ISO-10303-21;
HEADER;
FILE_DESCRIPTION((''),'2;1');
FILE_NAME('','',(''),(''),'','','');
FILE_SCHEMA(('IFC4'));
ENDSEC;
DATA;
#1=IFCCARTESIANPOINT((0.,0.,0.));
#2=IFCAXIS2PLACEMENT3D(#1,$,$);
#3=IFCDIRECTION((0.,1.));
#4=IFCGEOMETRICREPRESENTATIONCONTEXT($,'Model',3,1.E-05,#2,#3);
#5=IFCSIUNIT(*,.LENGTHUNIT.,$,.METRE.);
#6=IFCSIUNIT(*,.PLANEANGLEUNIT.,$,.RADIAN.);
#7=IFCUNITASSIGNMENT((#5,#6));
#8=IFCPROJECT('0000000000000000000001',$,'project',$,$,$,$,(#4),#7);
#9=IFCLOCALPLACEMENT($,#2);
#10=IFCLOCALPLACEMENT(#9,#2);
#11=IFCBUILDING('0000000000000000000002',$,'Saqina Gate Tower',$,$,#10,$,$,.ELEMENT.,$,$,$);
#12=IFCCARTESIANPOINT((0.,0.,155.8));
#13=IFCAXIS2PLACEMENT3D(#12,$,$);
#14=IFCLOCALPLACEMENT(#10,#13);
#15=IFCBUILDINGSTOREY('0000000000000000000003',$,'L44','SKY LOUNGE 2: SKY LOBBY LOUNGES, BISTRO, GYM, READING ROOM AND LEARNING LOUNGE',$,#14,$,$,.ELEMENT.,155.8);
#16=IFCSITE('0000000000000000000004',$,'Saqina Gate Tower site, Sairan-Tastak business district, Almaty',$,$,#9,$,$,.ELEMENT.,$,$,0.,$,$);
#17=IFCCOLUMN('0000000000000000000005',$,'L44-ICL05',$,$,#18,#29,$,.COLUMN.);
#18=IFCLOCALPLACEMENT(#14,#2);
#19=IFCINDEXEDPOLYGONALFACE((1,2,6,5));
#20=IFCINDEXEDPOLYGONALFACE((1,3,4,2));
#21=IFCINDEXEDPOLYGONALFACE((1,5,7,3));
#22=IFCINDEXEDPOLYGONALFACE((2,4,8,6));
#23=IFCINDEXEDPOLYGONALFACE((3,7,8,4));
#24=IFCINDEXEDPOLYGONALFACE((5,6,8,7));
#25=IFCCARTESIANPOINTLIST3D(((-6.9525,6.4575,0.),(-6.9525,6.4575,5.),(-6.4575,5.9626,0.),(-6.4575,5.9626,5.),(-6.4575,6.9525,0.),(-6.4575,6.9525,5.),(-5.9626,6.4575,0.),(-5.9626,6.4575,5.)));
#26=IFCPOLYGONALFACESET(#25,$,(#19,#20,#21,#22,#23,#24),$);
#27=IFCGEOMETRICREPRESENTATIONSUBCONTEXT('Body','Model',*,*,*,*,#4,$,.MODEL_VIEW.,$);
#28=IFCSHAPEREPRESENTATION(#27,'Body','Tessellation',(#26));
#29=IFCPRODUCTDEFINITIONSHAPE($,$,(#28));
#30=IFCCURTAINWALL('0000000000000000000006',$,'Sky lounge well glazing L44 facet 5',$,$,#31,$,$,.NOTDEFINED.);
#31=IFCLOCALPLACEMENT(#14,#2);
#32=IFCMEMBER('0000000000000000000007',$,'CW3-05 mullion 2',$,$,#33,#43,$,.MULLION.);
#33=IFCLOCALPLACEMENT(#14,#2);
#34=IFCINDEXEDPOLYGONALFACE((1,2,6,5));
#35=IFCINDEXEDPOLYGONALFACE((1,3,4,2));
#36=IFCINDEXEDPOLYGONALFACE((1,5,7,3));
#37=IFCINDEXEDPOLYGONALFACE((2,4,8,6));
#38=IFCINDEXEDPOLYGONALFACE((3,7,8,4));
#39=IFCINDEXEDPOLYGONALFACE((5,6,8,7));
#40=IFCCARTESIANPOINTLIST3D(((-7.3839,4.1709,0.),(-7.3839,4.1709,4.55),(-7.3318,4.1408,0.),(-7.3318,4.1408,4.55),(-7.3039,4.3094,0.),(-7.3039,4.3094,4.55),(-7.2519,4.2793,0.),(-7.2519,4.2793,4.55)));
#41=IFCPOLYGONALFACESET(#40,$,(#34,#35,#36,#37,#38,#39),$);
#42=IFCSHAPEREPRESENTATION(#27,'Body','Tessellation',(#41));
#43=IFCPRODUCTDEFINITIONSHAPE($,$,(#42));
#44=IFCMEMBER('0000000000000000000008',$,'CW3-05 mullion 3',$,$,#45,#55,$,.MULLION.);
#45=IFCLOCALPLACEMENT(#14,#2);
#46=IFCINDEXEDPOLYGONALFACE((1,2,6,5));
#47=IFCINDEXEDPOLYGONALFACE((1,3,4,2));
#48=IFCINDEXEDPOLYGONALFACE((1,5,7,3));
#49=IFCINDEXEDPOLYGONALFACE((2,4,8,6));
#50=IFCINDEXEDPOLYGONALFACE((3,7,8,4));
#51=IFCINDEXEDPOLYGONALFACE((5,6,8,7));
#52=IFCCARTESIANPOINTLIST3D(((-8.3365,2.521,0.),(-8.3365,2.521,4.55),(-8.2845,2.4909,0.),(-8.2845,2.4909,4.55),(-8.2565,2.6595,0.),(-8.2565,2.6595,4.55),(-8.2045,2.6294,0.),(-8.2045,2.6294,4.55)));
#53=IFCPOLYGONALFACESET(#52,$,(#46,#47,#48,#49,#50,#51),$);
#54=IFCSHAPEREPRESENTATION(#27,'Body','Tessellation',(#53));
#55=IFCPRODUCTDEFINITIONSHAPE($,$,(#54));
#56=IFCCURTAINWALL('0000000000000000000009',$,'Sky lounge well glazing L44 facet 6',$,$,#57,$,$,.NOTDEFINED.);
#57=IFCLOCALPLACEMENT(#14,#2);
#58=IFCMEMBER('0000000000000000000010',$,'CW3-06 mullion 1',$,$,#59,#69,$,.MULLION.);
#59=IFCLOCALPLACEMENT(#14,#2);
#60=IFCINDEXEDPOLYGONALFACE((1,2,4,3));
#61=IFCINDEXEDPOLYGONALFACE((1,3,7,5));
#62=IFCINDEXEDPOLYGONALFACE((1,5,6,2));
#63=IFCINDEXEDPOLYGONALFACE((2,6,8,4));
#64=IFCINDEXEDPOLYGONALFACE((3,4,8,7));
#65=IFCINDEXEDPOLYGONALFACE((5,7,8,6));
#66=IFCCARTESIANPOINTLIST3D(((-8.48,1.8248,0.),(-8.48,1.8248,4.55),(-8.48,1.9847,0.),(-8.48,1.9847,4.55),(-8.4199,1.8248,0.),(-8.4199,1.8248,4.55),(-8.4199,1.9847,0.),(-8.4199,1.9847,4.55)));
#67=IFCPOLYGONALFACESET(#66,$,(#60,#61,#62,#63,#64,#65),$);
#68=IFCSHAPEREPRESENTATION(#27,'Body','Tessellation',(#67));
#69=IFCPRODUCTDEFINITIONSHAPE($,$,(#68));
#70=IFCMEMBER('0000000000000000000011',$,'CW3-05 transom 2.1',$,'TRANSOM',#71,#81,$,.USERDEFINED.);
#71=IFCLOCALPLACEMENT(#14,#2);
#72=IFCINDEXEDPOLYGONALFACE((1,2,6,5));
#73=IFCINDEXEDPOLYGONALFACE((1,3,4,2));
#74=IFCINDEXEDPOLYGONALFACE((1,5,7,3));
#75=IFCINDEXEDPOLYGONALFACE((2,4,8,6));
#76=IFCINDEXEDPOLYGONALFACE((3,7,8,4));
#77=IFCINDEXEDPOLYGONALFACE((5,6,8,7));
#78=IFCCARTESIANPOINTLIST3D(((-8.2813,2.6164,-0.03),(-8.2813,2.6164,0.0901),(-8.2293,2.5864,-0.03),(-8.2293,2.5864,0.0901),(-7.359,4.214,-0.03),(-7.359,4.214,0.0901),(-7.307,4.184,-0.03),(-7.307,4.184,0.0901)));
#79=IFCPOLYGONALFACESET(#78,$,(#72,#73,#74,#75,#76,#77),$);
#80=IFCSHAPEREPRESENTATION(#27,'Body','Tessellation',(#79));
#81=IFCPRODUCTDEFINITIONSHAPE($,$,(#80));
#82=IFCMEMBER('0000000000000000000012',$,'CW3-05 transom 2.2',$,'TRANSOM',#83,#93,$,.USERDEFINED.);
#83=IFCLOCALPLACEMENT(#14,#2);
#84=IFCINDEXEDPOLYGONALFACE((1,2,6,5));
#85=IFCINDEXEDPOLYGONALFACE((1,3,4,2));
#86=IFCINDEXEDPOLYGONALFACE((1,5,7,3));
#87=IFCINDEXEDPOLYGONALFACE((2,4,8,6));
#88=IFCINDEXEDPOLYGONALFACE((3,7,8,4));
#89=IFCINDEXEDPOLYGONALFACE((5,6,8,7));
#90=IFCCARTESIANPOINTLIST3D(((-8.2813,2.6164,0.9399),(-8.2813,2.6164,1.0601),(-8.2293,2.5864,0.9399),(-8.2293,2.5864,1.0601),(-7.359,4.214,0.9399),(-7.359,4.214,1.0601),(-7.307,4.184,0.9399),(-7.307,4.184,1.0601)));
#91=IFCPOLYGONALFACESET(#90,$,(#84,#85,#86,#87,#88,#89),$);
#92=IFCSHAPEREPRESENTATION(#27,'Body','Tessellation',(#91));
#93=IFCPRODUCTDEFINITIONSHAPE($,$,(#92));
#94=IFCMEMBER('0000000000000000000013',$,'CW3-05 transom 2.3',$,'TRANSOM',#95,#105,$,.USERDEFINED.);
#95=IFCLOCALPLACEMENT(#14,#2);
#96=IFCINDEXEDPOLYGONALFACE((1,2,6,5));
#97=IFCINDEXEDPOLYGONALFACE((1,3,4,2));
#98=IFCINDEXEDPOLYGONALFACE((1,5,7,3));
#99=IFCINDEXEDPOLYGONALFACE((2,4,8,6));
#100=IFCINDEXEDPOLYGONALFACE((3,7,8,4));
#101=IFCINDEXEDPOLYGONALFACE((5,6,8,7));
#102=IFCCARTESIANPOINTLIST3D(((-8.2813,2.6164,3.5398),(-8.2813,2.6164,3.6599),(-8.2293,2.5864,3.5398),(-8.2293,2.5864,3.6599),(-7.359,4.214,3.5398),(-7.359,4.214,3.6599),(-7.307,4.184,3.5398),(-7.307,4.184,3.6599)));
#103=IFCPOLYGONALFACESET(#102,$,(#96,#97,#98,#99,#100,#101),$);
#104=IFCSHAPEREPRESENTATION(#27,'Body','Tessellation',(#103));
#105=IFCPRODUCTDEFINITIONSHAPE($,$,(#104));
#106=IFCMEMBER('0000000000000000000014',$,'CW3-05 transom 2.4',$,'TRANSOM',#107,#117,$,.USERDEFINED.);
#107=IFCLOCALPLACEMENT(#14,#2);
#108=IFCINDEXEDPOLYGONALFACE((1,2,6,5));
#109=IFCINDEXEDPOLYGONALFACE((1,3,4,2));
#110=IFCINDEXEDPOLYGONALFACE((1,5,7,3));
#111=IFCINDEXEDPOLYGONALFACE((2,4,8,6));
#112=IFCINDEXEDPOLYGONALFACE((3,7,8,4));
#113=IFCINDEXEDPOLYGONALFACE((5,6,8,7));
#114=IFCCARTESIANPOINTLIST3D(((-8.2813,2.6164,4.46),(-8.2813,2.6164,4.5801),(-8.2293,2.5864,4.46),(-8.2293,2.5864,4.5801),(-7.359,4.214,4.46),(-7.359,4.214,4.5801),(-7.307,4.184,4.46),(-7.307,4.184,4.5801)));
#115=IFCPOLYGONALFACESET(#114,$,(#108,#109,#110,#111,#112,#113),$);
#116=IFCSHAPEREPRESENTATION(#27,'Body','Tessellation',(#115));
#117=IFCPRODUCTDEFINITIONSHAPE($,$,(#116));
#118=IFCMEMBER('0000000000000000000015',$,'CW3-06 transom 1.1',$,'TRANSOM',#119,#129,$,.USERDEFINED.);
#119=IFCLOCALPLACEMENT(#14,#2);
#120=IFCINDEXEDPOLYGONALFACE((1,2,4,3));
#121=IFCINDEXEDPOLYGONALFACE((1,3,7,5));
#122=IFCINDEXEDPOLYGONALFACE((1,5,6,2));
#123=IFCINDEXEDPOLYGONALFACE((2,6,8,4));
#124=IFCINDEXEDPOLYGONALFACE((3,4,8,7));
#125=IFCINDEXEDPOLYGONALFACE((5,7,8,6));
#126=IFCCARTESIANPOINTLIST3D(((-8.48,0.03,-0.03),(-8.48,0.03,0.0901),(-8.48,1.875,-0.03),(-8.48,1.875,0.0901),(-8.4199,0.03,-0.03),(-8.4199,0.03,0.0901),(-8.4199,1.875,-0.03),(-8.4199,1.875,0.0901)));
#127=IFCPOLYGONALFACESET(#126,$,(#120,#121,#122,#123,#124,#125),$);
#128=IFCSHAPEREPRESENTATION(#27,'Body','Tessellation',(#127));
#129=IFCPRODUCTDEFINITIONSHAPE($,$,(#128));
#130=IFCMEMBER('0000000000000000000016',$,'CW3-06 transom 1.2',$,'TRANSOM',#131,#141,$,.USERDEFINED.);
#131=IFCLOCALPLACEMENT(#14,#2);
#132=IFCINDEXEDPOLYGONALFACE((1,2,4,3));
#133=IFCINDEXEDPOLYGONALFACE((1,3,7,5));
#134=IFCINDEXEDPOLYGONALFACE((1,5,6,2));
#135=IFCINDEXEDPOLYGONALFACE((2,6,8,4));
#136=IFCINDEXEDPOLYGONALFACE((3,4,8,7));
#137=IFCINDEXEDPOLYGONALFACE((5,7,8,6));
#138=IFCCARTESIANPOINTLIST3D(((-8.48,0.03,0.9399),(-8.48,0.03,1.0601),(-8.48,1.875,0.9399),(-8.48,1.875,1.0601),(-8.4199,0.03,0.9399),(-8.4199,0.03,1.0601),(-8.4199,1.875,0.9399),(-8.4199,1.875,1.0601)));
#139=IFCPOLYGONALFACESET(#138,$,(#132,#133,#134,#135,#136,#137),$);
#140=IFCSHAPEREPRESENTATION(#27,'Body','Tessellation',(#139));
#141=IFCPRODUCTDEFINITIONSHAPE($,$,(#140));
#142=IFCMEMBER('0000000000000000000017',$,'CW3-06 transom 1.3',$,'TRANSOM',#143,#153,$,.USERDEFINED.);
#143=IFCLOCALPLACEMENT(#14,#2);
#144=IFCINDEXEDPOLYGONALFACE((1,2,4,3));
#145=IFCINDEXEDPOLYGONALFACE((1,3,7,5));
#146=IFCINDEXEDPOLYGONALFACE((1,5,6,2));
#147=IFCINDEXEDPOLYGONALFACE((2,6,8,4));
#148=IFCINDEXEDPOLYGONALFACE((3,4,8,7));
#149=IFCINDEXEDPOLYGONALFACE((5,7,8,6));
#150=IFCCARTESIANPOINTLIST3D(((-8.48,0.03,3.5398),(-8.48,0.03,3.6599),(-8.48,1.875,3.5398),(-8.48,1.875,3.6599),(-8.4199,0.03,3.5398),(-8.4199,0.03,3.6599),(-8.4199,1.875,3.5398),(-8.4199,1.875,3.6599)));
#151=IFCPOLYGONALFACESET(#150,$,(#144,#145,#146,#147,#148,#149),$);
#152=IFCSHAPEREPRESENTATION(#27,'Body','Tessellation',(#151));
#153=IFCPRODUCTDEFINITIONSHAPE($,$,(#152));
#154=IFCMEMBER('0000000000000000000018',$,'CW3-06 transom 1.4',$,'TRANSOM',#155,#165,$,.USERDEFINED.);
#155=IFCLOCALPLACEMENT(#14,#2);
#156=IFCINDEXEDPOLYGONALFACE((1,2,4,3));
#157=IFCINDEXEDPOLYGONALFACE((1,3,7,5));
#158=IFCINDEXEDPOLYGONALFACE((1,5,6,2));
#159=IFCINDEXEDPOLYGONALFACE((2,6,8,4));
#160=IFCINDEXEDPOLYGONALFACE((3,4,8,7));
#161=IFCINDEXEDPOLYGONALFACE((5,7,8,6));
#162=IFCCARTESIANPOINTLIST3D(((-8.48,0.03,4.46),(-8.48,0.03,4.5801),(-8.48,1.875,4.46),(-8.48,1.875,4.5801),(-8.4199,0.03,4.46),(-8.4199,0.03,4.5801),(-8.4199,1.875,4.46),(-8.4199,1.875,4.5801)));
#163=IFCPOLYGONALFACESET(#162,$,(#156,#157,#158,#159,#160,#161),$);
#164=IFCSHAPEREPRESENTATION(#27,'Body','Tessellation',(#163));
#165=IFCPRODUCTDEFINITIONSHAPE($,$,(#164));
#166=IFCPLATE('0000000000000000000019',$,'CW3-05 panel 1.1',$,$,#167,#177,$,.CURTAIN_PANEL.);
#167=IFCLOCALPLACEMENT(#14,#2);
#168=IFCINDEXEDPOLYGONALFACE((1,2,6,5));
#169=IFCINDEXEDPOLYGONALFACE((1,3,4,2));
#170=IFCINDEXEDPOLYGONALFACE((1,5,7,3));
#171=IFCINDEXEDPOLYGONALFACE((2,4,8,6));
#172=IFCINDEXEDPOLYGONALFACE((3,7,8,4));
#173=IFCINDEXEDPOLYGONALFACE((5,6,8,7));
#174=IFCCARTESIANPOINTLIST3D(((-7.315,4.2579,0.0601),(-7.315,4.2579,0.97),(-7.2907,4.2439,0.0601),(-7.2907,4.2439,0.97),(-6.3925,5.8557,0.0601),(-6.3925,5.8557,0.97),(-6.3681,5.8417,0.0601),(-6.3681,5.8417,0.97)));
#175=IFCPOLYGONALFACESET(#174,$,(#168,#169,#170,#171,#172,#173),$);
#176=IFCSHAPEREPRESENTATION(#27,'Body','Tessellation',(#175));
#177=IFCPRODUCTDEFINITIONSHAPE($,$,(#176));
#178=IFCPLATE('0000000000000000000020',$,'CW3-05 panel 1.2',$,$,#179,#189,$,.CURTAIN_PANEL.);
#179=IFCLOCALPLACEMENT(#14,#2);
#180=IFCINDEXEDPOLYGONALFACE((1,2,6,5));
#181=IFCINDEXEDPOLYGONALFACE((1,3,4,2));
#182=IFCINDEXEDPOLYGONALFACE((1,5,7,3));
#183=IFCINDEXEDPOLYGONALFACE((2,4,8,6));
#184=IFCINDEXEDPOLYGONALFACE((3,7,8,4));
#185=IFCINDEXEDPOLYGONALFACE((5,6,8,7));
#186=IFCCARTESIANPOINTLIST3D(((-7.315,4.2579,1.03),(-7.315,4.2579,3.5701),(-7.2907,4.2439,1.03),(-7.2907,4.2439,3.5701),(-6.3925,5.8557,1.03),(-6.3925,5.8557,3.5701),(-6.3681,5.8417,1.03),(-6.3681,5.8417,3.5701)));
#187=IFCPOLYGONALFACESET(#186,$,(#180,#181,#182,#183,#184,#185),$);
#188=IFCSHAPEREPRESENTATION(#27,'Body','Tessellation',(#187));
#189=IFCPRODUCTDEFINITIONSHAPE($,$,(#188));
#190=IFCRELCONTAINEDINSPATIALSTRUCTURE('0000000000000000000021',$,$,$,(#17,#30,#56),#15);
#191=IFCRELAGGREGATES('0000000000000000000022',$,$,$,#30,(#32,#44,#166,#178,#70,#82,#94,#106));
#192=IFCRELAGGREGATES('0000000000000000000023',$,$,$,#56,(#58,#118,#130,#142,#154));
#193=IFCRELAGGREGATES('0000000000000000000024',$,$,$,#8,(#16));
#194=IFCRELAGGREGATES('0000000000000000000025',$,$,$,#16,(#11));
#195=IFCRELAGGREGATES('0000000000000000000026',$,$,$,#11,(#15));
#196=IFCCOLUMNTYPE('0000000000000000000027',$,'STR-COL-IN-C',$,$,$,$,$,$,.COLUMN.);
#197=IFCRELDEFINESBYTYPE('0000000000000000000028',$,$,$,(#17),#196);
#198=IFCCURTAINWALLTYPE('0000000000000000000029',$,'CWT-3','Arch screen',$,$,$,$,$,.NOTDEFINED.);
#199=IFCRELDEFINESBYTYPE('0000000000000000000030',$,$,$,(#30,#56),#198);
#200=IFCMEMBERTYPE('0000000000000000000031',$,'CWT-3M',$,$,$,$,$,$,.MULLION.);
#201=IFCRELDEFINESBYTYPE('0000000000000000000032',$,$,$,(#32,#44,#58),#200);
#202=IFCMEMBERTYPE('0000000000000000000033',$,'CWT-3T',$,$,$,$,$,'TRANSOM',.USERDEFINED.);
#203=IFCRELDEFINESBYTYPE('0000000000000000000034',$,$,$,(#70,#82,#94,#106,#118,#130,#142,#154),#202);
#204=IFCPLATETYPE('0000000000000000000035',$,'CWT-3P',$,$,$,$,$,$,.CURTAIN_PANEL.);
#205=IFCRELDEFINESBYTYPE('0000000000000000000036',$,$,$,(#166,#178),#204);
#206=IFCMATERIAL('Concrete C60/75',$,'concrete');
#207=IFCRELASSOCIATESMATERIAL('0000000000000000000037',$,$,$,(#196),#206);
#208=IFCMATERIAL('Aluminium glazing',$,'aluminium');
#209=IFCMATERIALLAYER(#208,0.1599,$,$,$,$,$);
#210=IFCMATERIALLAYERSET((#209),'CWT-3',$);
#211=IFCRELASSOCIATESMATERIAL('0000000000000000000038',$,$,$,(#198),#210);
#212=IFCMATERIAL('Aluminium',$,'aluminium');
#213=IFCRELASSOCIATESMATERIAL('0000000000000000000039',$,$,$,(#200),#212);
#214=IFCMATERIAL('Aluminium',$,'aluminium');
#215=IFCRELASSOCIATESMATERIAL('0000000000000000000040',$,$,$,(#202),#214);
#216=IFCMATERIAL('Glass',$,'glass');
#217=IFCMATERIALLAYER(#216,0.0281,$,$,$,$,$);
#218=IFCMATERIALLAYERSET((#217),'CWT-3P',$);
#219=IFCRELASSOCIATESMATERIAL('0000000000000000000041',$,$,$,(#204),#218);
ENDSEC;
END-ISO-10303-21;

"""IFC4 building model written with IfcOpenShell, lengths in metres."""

from ifc_helpers import new_model, si_unit, direction, frame, origin, origin_2d, place, context, subcontext, project, spatial, rectangle, extrude, material, layer, layer_set, material_profile, profile_set, type_object, element, aggregate, save


model = new_model("IFC4")

# Units and contexts
model_context = context("Model", 3, precision=1e-05, world=origin(), true_north=direction((0.0, 1.0)))
body_context = subcontext(model_context, "Body", "Model", "MODEL_VIEW")
ifc_project = project(units=[si_unit("LENGTHUNIT", "METRE"), si_unit("PLANEANGLEUNIT", "RADIAN")], contexts=[model_context])

# Site, building, storey
site_placement = place(None, origin())
site = spatial("IfcSite", under=ifc_project, at=site_placement, Name="Saqina Gate Tower site, Sairan-Tastak business district, Almaty", CompositionType="ELEMENT", RefElevation=0.0)
building_placement = place(site_placement, origin())
building = spatial("IfcBuilding", under=site, at=building_placement, Name="Saqina Gate Tower", CompositionType="ELEMENT")
storey_placement = place(building_placement, frame((0.0, 0.0, 155.8)))
storey = spatial("IfcBuildingStorey", under=building, at=storey_placement, Name="L44", Description="SKY LOUNGE 2: SKY LOBBY LOUNGES, BISTRO, GYM, READING ROOM AND LEARNING LOUNGE", CompositionType="ELEMENT", Elevation=155.8)

# Column
ifc_material_1 = material(Name="Concrete C60/75", Category="concrete")
ifc_material_profile_1 = material_profile(ifc_material_1, rectangle(XDim=0.7, YDim=0.7, at=origin_2d()), Name="RC 700x700")
ifc_profile_set_1 = profile_set([ifc_material_profile_1], Name="Concrete C60/75")
column_type = type_object("IfcColumnType", Name="STR-COL-IN-C", PredefinedType="COLUMN", material=ifc_profile_set_1)
column_placement = place(storey_placement, frame((-6.4575, 6.4575, 0.0), z_axis=(0.0, 0.0, 1.0), x_axis=(-0.707107, 0.707107, 0.0)))
element("IfcColumn", 1, at=column_placement, inside=storey, type_object=column_type, Name="L44-ICL05", PredefinedType="COLUMN", context=body_context, shape_type="SweptSolid", body=[
    extrude(rectangle(XDim=0.7, YDim=0.7, at=origin_2d()), origin(), (0.0, 0.0, 1.0), 5.0),
])

# Curtain wall, members
ifc_material_2 = material(Name="Aluminium glazing", Category="aluminium")
ifc_layer_1 = layer(ifc_material_2, 0.1599)
ifc_layer_set_1 = layer_set([ifc_layer_1], Name="CWT-3")
curtain_wall_type = type_object("IfcCurtainWallType", Name="CWT-3", Description="Arch screen", PredefinedType="NOTDEFINED", material=ifc_layer_set_1)
curtain_wall_1_placement = place(storey_placement, origin())
curtain_wall_1 = element("IfcCurtainWall", 2, at=curtain_wall_1_placement, inside=storey, type_object=curtain_wall_type, Name="Sky lounge well glazing L44 facet 5", PredefinedType="NOTDEFINED")
ifc_material_3 = material(Name="Aluminium", Category="aluminium")
ifc_material_profile_2 = material_profile(ifc_material_3, rectangle(XDim=0.0601, YDim=0.1599, at=origin_2d()), Name="Aluminium 60x160")
ifc_profile_set_2 = profile_set([ifc_material_profile_2], Name="Aluminium")
member_type_1 = type_object("IfcMemberType", Name="CWT-3M", PredefinedType="MULLION", material=ifc_profile_set_2)
member_1_placement = place(storey_placement, frame((-7.3179, 4.2251, 0.0), z_axis=(0.0, 0.0, 1.0), x_axis=(0.866018, -0.500013, 0.0)))
member_1 = element("IfcMember", 3, at=member_1_placement, type_object=member_type_1, Name="CW3-05 mullion 2", PredefinedType="MULLION", context=body_context, shape_type="SweptSolid", body=[
    extrude(rectangle(XDim=0.0601, YDim=0.1599, at=origin_2d()), origin(), (0.0, 0.0, 1.0), 4.55),
])
member_2_placement = place(storey_placement, frame((-8.2705, 2.5752, 0.0), z_axis=(0.0, 0.0, 1.0), x_axis=(0.866018, -0.500013, 0.0)))
member_2 = element("IfcMember", 4, at=member_2_placement, type_object=member_type_1, Name="CW3-05 mullion 3", PredefinedType="MULLION", context=body_context, shape_type="SweptSolid", body=[
    extrude(rectangle(XDim=0.0601, YDim=0.1599, at=origin_2d()), origin(), (0.0, 0.0, 1.0), 4.55),
])

# Curtain wall, member
curtain_wall_2_placement = place(storey_placement, origin())
curtain_wall_2 = element("IfcCurtainWall", 5, at=curtain_wall_2_placement, inside=storey, type_object=curtain_wall_type, Name="Sky lounge well glazing L44 facet 6", PredefinedType="NOTDEFINED")
member_3_placement = place(storey_placement, frame((-8.45, 1.9048, 0.0), z_axis=(0.0, 0.0, 1.0), x_axis=(1.0, 0.0, 0.0)))
member_3 = element("IfcMember", 6, at=member_3_placement, type_object=member_type_1, Name="CW3-06 mullion 1", PredefinedType="MULLION", context=body_context, shape_type="SweptSolid", body=[
    extrude(rectangle(XDim=0.0601, YDim=0.1599, at=origin_2d()), origin(), (0.0, 0.0, 1.0), 4.55),
])

# Members
ifc_material_4 = material(Name="Aluminium", Category="aluminium")
ifc_material_profile_3 = material_profile(ifc_material_4, rectangle(XDim=0.0601, YDim=0.1201, at=origin_2d()), Name="Aluminium 60x120")
ifc_profile_set_3 = profile_set([ifc_material_profile_3], Name="Aluminium")
member_type_2 = type_object("IfcMemberType", Name="CWT-3T", ElementType="TRANSOM", PredefinedType="USERDEFINED", material=ifc_profile_set_3)
member_4_placement = place(storey_placement, frame((-7.333, 4.199, 0.03), z_axis=(-0.499982, -0.866036, 0.0), x_axis=(0.866036, -0.499982, 0.0)))
member_4 = element("IfcMember", 7, at=member_4_placement, type_object=member_type_2, Name="CW3-05 transom 2.1", ObjectType="TRANSOM", PredefinedType="USERDEFINED", context=body_context, shape_type="SweptSolid", body=[
    extrude(rectangle(XDim=0.0601, YDim=0.1201, at=origin_2d()), origin(), (0.0, 0.0, 1.0), 1.8447),
])
member_5_placement = place(storey_placement, frame((-7.333, 4.199, 1.0), z_axis=(-0.499982, -0.866036, 0.0), x_axis=(0.866036, -0.499982, 0.0)))
member_5 = element("IfcMember", 8, at=member_5_placement, type_object=member_type_2, Name="CW3-05 transom 2.2", ObjectType="TRANSOM", PredefinedType="USERDEFINED", context=body_context, shape_type="SweptSolid", body=[
    extrude(rectangle(XDim=0.0601, YDim=0.1201, at=origin_2d()), origin(), (0.0, 0.0, 1.0), 1.8447),
])
member_6_placement = place(storey_placement, frame((-7.333, 4.199, 3.5999), z_axis=(-0.499982, -0.866036, 0.0), x_axis=(0.866036, -0.499982, 0.0)))
member_6 = element("IfcMember", 9, at=member_6_placement, type_object=member_type_2, Name="CW3-05 transom 2.3", ObjectType="TRANSOM", PredefinedType="USERDEFINED", context=body_context, shape_type="SweptSolid", body=[
    extrude(rectangle(XDim=0.0601, YDim=0.1201, at=origin_2d()), origin(), (0.0, 0.0, 1.0), 1.8447),
])
member_7_placement = place(storey_placement, frame((-7.333, 4.199, 4.52), z_axis=(-0.499982, -0.866036, 0.0), x_axis=(0.866036, -0.499982, 0.0)))
member_7 = element("IfcMember", 10, at=member_7_placement, type_object=member_type_2, Name="CW3-05 transom 2.4", ObjectType="TRANSOM", PredefinedType="USERDEFINED", context=body_context, shape_type="SweptSolid", body=[
    extrude(rectangle(XDim=0.0601, YDim=0.1201, at=origin_2d()), origin(), (0.0, 0.0, 1.0), 1.8447),
])
member_8_placement = place(storey_placement, frame((-8.45, 1.875, 0.03), z_axis=(0.0, -1.0, 0.0), x_axis=(1.0, 0.0, 0.0)))
member_8 = element("IfcMember", 11, at=member_8_placement, type_object=member_type_2, Name="CW3-06 transom 1.1", ObjectType="TRANSOM", PredefinedType="USERDEFINED", context=body_context, shape_type="SweptSolid", body=[
    extrude(rectangle(XDim=0.0601, YDim=0.1201, at=origin_2d()), origin(), (0.0, 0.0, 1.0), 1.845),
])
member_9_placement = place(storey_placement, frame((-8.45, 1.875, 1.0), z_axis=(0.0, -1.0, 0.0), x_axis=(1.0, 0.0, 0.0)))
member_9 = element("IfcMember", 12, at=member_9_placement, type_object=member_type_2, Name="CW3-06 transom 1.2", ObjectType="TRANSOM", PredefinedType="USERDEFINED", context=body_context, shape_type="SweptSolid", body=[
    extrude(rectangle(XDim=0.0601, YDim=0.1201, at=origin_2d()), origin(), (0.0, 0.0, 1.0), 1.845),
])
member_10_placement = place(storey_placement, frame((-8.45, 1.875, 3.5999), z_axis=(0.0, -1.0, 0.0), x_axis=(1.0, 0.0, 0.0)))
member_10 = element("IfcMember", 13, at=member_10_placement, type_object=member_type_2, Name="CW3-06 transom 1.3", ObjectType="TRANSOM", PredefinedType="USERDEFINED", context=body_context, shape_type="SweptSolid", body=[
    extrude(rectangle(XDim=0.0601, YDim=0.1201, at=origin_2d()), origin(), (0.0, 0.0, 1.0), 1.845),
])
member_11_placement = place(storey_placement, frame((-8.45, 1.875, 4.52), z_axis=(0.0, -1.0, 0.0), x_axis=(1.0, 0.0, 0.0)))
member_11 = element("IfcMember", 14, at=member_11_placement, type_object=member_type_2, Name="CW3-06 transom 1.4", ObjectType="TRANSOM", PredefinedType="USERDEFINED", context=body_context, shape_type="SweptSolid", body=[
    extrude(rectangle(XDim=0.0601, YDim=0.1201, at=origin_2d()), origin(), (0.0, 0.0, 1.0), 1.845),
])

# Plates
ifc_material_5 = material(Name="Glass", Category="glass")
ifc_layer_2 = layer(ifc_material_5, 0.0281)
ifc_layer_set_2 = layer_set([ifc_layer_2], Name="CWT-3P")
plate_type = type_object("IfcPlateType", Name="CWT-3P", PredefinedType="CURTAIN_PANEL", material=ifc_layer_set_2)
plate_1_placement = place(storey_placement, frame((-6.8416, 5.0498, 0.0601), z_axis=(0.0, 0.0, 1.0), x_axis=(-0.500013, -0.866018, 0.0)))
plate_1 = element("IfcPlate", 15, at=plate_1_placement, type_object=plate_type, Name="CW3-05 panel 1.1", PredefinedType="CURTAIN_PANEL", context=body_context, shape_type="SweptSolid", body=[
    extrude(rectangle(XDim=1.845, YDim=0.0281, at=origin_2d()), origin(), (0.0, 0.0, 1.0), 0.9099),
])
plate_2_placement = place(storey_placement, frame((-6.8416, 5.0498, 1.03), z_axis=(0.0, 0.0, 1.0), x_axis=(-0.500013, -0.866018, 0.0)))
plate_2 = element("IfcPlate", 16, at=plate_2_placement, type_object=plate_type, Name="CW3-05 panel 1.2", PredefinedType="CURTAIN_PANEL", context=body_context, shape_type="SweptSolid", body=[
    extrude(rectangle(XDim=1.845, YDim=0.0281, at=origin_2d()), origin(), (0.0, 0.0, 1.0), 2.54),
])
aggregate(curtain_wall_1, [member_1, member_2, plate_1, plate_2, member_4, member_5, member_6, member_7])
aggregate(curtain_wall_2, [member_3, member_8, member_9, member_10, member_11])

save(model, "model.ifc")
